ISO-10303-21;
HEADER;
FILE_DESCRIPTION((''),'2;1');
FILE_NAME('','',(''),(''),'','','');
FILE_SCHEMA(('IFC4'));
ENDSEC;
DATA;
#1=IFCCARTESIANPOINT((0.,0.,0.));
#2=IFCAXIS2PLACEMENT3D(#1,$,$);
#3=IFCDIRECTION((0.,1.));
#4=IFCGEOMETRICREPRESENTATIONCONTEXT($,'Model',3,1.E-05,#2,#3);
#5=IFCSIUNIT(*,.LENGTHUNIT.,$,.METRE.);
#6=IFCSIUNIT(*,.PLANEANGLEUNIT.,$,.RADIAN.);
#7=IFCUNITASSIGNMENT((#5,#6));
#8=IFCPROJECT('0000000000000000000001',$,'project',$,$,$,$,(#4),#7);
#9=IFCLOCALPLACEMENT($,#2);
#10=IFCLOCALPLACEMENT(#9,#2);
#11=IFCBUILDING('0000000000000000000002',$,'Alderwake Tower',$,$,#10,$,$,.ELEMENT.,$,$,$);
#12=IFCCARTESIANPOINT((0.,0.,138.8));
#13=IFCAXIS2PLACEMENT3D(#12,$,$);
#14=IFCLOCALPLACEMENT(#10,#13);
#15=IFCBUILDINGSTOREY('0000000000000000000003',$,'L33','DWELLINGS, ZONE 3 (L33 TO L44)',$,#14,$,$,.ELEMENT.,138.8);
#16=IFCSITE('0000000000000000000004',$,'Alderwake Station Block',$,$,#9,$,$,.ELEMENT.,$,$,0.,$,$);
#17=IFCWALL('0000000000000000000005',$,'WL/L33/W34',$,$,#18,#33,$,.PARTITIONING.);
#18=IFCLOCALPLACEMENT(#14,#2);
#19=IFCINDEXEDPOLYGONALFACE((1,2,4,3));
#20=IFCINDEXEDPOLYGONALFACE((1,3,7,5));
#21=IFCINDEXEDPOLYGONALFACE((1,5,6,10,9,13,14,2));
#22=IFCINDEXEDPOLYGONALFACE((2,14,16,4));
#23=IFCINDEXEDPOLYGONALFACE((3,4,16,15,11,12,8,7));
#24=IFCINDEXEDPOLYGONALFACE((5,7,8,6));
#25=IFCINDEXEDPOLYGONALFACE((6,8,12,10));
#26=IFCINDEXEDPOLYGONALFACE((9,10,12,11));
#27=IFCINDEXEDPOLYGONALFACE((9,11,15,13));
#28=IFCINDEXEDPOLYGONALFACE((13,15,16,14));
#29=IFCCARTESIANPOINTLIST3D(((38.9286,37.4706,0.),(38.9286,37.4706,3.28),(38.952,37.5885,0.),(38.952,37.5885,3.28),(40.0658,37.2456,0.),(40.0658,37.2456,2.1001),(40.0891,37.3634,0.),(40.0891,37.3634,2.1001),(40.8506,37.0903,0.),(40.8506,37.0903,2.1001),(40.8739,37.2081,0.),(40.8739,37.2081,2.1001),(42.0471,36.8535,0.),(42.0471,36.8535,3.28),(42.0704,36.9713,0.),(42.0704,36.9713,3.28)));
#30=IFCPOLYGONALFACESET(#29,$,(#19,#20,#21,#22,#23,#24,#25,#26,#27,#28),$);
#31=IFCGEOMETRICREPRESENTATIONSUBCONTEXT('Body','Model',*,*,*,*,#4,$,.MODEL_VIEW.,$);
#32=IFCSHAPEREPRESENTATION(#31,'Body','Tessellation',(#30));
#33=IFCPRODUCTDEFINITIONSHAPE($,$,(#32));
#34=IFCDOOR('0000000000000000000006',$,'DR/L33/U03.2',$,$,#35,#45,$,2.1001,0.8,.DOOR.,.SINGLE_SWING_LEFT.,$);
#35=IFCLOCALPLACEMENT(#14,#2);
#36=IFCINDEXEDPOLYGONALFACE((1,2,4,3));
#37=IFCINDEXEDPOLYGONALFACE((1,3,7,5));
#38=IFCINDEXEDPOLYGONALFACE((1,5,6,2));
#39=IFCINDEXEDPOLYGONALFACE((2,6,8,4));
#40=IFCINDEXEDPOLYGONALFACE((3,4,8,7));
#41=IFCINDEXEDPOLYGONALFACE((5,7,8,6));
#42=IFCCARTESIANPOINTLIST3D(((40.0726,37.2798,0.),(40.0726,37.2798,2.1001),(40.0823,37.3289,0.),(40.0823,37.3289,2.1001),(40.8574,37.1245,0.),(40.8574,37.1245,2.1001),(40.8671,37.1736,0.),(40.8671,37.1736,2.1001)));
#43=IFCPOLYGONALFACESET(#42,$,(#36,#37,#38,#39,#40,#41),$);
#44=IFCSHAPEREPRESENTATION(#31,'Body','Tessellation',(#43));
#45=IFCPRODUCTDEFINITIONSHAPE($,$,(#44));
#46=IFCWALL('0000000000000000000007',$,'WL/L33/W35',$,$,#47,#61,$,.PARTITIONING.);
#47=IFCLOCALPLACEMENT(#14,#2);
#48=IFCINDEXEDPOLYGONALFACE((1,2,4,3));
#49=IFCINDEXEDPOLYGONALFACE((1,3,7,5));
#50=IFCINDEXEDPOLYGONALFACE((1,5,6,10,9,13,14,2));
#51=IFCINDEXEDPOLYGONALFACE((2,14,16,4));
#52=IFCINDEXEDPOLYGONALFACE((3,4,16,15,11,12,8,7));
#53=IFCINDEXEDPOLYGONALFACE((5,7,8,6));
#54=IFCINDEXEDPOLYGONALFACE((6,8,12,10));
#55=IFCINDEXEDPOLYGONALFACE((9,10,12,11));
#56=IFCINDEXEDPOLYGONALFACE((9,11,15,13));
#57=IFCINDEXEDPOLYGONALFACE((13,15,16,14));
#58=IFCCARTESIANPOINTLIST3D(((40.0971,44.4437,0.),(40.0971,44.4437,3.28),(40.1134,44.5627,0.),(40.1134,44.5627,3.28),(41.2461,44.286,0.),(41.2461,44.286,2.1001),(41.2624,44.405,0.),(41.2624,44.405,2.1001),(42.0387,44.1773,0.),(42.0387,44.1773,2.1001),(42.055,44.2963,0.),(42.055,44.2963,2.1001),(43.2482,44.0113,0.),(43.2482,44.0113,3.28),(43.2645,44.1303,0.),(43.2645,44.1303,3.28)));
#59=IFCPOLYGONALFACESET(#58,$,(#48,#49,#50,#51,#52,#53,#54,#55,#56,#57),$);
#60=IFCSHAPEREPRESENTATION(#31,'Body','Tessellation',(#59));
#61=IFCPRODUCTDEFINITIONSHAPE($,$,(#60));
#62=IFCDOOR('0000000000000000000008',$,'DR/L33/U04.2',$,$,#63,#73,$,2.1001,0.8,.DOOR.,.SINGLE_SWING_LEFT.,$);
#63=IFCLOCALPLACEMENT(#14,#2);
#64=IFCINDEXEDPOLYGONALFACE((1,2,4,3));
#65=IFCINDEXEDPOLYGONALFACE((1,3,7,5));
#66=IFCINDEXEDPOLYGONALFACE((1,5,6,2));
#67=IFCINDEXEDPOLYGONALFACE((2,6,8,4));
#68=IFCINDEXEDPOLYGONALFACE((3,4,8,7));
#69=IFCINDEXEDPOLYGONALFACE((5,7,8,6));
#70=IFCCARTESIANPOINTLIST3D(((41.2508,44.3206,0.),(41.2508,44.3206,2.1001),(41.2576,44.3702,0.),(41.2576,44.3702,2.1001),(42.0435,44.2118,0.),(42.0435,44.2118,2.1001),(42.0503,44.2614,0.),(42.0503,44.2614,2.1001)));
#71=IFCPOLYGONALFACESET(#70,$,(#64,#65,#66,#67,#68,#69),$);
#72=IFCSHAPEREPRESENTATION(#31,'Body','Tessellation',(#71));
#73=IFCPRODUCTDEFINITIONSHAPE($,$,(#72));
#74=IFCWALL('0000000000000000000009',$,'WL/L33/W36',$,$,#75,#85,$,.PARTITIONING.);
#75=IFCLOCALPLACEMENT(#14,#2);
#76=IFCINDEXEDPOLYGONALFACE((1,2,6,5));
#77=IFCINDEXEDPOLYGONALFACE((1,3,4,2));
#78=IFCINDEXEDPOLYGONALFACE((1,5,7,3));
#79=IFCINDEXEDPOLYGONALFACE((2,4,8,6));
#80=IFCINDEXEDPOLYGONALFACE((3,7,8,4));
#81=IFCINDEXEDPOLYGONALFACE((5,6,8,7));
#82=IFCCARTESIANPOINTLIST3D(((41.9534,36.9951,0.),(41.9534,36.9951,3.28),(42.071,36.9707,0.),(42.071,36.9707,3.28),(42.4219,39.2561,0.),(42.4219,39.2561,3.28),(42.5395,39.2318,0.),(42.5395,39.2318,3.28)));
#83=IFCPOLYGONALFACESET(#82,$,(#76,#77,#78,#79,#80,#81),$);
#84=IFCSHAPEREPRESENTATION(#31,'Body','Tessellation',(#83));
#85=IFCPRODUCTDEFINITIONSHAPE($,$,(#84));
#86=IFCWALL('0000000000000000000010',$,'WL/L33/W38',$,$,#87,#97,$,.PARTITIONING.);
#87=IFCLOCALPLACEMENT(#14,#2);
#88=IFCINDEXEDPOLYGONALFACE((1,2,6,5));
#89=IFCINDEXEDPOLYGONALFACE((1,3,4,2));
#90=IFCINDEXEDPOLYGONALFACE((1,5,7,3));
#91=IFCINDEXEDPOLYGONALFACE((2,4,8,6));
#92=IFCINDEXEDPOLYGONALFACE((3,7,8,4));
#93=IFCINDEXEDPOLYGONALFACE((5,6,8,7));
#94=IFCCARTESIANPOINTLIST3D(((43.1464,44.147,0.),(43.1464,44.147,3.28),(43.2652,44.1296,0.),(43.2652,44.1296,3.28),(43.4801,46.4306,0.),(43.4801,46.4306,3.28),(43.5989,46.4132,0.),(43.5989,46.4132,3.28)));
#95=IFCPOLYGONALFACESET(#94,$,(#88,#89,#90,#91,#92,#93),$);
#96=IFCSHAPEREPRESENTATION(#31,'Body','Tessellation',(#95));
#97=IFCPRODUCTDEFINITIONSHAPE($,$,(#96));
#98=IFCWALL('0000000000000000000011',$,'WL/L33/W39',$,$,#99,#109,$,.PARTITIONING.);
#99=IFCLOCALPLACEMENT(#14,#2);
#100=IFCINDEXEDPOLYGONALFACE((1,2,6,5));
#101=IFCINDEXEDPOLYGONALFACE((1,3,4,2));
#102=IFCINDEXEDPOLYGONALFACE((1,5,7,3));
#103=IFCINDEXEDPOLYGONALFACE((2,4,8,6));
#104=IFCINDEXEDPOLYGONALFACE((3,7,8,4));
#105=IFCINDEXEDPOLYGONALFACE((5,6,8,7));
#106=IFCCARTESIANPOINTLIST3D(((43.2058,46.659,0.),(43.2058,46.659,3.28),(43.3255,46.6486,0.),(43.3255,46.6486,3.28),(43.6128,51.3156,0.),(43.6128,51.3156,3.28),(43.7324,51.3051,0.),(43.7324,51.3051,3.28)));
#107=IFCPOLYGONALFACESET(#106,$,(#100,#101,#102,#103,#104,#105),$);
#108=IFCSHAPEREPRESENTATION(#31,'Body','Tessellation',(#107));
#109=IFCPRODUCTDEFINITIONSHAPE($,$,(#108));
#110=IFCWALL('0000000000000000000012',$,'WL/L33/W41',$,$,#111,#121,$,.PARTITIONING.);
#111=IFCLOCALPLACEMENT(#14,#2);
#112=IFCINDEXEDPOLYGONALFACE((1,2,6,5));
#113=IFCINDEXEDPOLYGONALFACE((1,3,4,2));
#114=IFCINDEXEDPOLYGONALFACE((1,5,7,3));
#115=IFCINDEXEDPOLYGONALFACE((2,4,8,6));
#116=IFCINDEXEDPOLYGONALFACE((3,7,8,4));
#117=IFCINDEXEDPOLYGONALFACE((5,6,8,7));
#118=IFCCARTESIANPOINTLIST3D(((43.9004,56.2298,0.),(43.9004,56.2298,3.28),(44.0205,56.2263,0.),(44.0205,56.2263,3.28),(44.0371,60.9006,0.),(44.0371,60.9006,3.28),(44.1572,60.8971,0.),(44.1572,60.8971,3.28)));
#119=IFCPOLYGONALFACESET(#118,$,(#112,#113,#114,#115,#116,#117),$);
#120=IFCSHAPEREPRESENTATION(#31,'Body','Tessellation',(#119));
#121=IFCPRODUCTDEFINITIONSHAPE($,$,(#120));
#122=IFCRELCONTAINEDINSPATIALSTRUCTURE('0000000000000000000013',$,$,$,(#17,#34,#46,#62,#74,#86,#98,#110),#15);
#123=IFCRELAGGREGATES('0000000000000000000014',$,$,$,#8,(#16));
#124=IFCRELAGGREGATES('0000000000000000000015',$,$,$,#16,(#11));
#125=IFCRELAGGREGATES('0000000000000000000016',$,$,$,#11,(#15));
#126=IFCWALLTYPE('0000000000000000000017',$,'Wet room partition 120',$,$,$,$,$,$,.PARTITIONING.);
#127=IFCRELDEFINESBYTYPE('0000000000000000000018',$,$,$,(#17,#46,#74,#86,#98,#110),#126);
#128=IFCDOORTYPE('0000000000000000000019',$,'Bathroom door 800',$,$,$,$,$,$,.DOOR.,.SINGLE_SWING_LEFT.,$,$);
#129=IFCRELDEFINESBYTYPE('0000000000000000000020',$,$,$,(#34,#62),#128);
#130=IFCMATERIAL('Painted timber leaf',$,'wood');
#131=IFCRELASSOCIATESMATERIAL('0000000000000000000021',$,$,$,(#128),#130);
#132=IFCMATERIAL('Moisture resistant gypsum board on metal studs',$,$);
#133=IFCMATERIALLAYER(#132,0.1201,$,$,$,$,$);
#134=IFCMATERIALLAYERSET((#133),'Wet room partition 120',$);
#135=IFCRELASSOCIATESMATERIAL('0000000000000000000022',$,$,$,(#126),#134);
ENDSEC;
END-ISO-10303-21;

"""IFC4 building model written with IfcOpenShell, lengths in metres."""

from ifc_helpers import new_model, si_unit, direction, frame, frame_2d, origin, place, context, subcontext, project, spatial, rectangle, extrude, material, layer, layer_set, type_object, element, fill, save


model = new_model("IFC4")

# Units and contexts
model_context = context("Model", 3, precision=1e-05, world=origin(), true_north=direction((0.0, 1.0)))
body_context = subcontext(model_context, "Body", "Model", "MODEL_VIEW")
ifc_project = project(units=[si_unit("LENGTHUNIT", "METRE"), si_unit("PLANEANGLEUNIT", "RADIAN")], contexts=[model_context])

# Site, building, storey
site_placement = place(None, origin())
site = spatial("IfcSite", under=ifc_project, at=site_placement, Name="Alderwake Station Block", CompositionType="ELEMENT", RefElevation=0.0)
building_placement = place(site_placement, origin())
building = spatial("IfcBuilding", under=site, at=building_placement, Name="Alderwake Tower", CompositionType="ELEMENT")
storey_placement = place(building_placement, frame((0.0, 0.0, 138.8)))
storey = spatial("IfcBuildingStorey", under=building, at=storey_placement, Name="L33", Description="DWELLINGS, ZONE 3 (L33 TO L44)", CompositionType="ELEMENT", Elevation=138.8)

# Shared definitions
ifc_material_1 = material(Name="Painted timber leaf", Category="wood")
door_type_1 = type_object("IfcDoorType", Name="Bathroom door 800", OperationType="SINGLE_SWING_LEFT", PredefinedType="DOOR", material=ifc_material_1)

# Walls, openings, doors
ifc_material_2 = material(Name="Moisture resistant gypsum board on metal studs")
ifc_layer_1 = layer(ifc_material_2, 0.1201)
ifc_layer_set_1 = layer_set([ifc_layer_1], Name="Wet room partition 120")
wall_type_1 = type_object("IfcWallType", Name="Wet room partition 120", PredefinedType="PARTITIONING", material=ifc_layer_set_1)
wall_1_placement = place(storey_placement, frame((38.9404, 37.5295, 0.0), z_axis=(0.0, 0.0, 1.0), x_axis=(0.980972, -0.194151, 0.0)))
wall_1 = element("IfcWall", 1, at=wall_1_placement, inside=storey, type_object=wall_type_1, Name="WL/L33/W34", PredefinedType="PARTITIONING", context=body_context, shape_type="SweptSolid", body=[
    extrude(rectangle(XDim=3.179, YDim=0.1201, at=frame_2d((1.5894, 0.0))), origin(), (0.0, 0.0, 1.0), 3.28),
])
opening_1_placement = place(wall_1_placement, frame((1.1592, 0.0, 0.0)))
opening_1 = element("IfcOpeningElement", 2, at=opening_1_placement, cuts=wall_1, PredefinedType="OPENING", context=body_context, shape_type="SweptSolid", body=[
    extrude(rectangle(XDim=0.8, YDim=2.1001, at=frame_2d((0.3999, 1.05))), frame((0.0, 0.0701, 0.0), z_axis=(0.0, -1.0, 0.0), x_axis=(1.0, 0.0, 0.0)), (0.0, 0.0, 1.0), 0.1401),
])
door_1_placement = place(opening_1_placement, origin())
door_1 = element("IfcDoor", 3, at=door_1_placement, inside=storey, type_object=door_type_1, Name="DR/L33/U03.2", OperationType="SINGLE_SWING_LEFT", OverallHeight=2.1001, OverallWidth=0.8, PredefinedType="DOOR", context=body_context, shape_type="SweptSolid", body=[
    extrude(rectangle(XDim=0.8, YDim=2.1001, at=frame_2d((0.3999, 1.05))), frame((0.0, 0.0249, 0.0), z_axis=(0.0, -1.0, 0.0), x_axis=(1.0, 0.0, 0.0)), (0.0, 0.0, 1.0), 0.05),
])
fill(opening_1, door_1)
wall_2_placement = place(storey_placement, frame((40.1052, 44.5032, 0.0), z_axis=(0.0, 0.0, 1.0), x_axis=(0.990717, -0.135939, 0.0)))
wall_2 = element("IfcWall", 4, at=wall_2_placement, inside=storey, type_object=wall_type_1, Name="WL/L33/W35", PredefinedType="PARTITIONING", context=body_context, shape_type="SweptSolid", body=[
    extrude(rectangle(XDim=3.1807, YDim=0.1201, at=frame_2d((1.5903, 0.0))), origin(), (0.0, 0.0, 1.0), 3.28),
])
opening_2_placement = place(wall_2_placement, frame((1.1599, 0.0, 0.0)))
opening_2 = element("IfcOpeningElement", 5, at=opening_2_placement, cuts=wall_2, PredefinedType="OPENING", context=body_context, shape_type="SweptSolid", body=[
    extrude(rectangle(XDim=0.8, YDim=2.1001, at=frame_2d((0.3999, 1.05))), frame((0.0, 0.0701, 0.0), z_axis=(0.0, -1.0, 0.0), x_axis=(1.0, 0.0, 0.0)), (0.0, 0.0, 1.0), 0.1401),
])
door_2_placement = place(opening_2_placement, origin())
door_2 = element("IfcDoor", 6, at=door_2_placement, inside=storey, type_object=door_type_1, Name="DR/L33/U04.2", OperationType="SINGLE_SWING_LEFT", OverallHeight=2.1001, OverallWidth=0.8, PredefinedType="DOOR", context=body_context, shape_type="SweptSolid", body=[
    extrude(rectangle(XDim=0.8, YDim=2.1001, at=frame_2d((0.3999, 1.05))), frame((0.0, 0.0249, 0.0), z_axis=(0.0, -1.0, 0.0), x_axis=(1.0, 0.0, 0.0)), (0.0, 0.0, 1.0), 0.05),
])
fill(opening_2, door_2)

# Walls
wall_3_placement = place(storey_placement, frame((42.0122, 36.9829, 0.0), z_axis=(0.0, 0.0, 1.0), x_axis=(0.202903, 0.979199, 0.0)))
element("IfcWall", 7, at=wall_3_placement, inside=storey, type_object=wall_type_1, Name="WL/L33/W36", PredefinedType="PARTITIONING", context=body_context, shape_type="SweptSolid", body=[
    extrude(rectangle(XDim=2.3091, YDim=0.1201, at=frame_2d((1.1545, 0.0))), origin(), (0.0, 0.0, 1.0), 3.28),
])
wall_4_placement = place(storey_placement, frame((43.2058, 44.1384, 0.0), z_axis=(0.0, 0.0, 1.0), x_axis=(0.144605, 0.98949, 0.0)))
element("IfcWall", 8, at=wall_4_placement, inside=storey, type_object=wall_type_1, Name="WL/L33/W38", PredefinedType="PARTITIONING", context=body_context, shape_type="SweptSolid", body=[
    extrude(rectangle(XDim=2.3079, YDim=0.1201, at=frame_2d((1.1538, 0.0))), origin(), (0.0, 0.0, 1.0), 3.28),
])
wall_5_placement = place(storey_placement, frame((43.2656, 46.6538, 0.0), z_axis=(0.0, 0.0, 1.0), x_axis=(0.087069, 0.996202, 0.0)))
element("IfcWall", 9, at=wall_5_placement, inside=storey, type_object=wall_type_1, Name="WL/L33/W39", PredefinedType="PARTITIONING", context=body_context, shape_type="SweptSolid", body=[
    extrude(rectangle(XDim=4.6743, YDim=0.1201, at=frame_2d((2.3372, 0.0))), origin(), (0.0, 0.0, 1.0), 3.28),
])
wall_6_placement = place(storey_placement, frame((43.9604, 56.228, 0.0), z_axis=(0.0, 0.0, 1.0), x_axis=(0.029258, 0.999572, 0.0)))
element("IfcWall", 10, at=wall_6_placement, inside=storey, type_object=wall_type_1, Name="WL/L33/W41", PredefinedType="PARTITIONING", context=body_context, shape_type="SweptSolid", body=[
    extrude(rectangle(XDim=4.6729, YDim=0.1201, at=frame_2d((2.3364, 0.0))), origin(), (0.0, 0.0, 1.0), 3.28),
])

save(model, "model.ifc")
